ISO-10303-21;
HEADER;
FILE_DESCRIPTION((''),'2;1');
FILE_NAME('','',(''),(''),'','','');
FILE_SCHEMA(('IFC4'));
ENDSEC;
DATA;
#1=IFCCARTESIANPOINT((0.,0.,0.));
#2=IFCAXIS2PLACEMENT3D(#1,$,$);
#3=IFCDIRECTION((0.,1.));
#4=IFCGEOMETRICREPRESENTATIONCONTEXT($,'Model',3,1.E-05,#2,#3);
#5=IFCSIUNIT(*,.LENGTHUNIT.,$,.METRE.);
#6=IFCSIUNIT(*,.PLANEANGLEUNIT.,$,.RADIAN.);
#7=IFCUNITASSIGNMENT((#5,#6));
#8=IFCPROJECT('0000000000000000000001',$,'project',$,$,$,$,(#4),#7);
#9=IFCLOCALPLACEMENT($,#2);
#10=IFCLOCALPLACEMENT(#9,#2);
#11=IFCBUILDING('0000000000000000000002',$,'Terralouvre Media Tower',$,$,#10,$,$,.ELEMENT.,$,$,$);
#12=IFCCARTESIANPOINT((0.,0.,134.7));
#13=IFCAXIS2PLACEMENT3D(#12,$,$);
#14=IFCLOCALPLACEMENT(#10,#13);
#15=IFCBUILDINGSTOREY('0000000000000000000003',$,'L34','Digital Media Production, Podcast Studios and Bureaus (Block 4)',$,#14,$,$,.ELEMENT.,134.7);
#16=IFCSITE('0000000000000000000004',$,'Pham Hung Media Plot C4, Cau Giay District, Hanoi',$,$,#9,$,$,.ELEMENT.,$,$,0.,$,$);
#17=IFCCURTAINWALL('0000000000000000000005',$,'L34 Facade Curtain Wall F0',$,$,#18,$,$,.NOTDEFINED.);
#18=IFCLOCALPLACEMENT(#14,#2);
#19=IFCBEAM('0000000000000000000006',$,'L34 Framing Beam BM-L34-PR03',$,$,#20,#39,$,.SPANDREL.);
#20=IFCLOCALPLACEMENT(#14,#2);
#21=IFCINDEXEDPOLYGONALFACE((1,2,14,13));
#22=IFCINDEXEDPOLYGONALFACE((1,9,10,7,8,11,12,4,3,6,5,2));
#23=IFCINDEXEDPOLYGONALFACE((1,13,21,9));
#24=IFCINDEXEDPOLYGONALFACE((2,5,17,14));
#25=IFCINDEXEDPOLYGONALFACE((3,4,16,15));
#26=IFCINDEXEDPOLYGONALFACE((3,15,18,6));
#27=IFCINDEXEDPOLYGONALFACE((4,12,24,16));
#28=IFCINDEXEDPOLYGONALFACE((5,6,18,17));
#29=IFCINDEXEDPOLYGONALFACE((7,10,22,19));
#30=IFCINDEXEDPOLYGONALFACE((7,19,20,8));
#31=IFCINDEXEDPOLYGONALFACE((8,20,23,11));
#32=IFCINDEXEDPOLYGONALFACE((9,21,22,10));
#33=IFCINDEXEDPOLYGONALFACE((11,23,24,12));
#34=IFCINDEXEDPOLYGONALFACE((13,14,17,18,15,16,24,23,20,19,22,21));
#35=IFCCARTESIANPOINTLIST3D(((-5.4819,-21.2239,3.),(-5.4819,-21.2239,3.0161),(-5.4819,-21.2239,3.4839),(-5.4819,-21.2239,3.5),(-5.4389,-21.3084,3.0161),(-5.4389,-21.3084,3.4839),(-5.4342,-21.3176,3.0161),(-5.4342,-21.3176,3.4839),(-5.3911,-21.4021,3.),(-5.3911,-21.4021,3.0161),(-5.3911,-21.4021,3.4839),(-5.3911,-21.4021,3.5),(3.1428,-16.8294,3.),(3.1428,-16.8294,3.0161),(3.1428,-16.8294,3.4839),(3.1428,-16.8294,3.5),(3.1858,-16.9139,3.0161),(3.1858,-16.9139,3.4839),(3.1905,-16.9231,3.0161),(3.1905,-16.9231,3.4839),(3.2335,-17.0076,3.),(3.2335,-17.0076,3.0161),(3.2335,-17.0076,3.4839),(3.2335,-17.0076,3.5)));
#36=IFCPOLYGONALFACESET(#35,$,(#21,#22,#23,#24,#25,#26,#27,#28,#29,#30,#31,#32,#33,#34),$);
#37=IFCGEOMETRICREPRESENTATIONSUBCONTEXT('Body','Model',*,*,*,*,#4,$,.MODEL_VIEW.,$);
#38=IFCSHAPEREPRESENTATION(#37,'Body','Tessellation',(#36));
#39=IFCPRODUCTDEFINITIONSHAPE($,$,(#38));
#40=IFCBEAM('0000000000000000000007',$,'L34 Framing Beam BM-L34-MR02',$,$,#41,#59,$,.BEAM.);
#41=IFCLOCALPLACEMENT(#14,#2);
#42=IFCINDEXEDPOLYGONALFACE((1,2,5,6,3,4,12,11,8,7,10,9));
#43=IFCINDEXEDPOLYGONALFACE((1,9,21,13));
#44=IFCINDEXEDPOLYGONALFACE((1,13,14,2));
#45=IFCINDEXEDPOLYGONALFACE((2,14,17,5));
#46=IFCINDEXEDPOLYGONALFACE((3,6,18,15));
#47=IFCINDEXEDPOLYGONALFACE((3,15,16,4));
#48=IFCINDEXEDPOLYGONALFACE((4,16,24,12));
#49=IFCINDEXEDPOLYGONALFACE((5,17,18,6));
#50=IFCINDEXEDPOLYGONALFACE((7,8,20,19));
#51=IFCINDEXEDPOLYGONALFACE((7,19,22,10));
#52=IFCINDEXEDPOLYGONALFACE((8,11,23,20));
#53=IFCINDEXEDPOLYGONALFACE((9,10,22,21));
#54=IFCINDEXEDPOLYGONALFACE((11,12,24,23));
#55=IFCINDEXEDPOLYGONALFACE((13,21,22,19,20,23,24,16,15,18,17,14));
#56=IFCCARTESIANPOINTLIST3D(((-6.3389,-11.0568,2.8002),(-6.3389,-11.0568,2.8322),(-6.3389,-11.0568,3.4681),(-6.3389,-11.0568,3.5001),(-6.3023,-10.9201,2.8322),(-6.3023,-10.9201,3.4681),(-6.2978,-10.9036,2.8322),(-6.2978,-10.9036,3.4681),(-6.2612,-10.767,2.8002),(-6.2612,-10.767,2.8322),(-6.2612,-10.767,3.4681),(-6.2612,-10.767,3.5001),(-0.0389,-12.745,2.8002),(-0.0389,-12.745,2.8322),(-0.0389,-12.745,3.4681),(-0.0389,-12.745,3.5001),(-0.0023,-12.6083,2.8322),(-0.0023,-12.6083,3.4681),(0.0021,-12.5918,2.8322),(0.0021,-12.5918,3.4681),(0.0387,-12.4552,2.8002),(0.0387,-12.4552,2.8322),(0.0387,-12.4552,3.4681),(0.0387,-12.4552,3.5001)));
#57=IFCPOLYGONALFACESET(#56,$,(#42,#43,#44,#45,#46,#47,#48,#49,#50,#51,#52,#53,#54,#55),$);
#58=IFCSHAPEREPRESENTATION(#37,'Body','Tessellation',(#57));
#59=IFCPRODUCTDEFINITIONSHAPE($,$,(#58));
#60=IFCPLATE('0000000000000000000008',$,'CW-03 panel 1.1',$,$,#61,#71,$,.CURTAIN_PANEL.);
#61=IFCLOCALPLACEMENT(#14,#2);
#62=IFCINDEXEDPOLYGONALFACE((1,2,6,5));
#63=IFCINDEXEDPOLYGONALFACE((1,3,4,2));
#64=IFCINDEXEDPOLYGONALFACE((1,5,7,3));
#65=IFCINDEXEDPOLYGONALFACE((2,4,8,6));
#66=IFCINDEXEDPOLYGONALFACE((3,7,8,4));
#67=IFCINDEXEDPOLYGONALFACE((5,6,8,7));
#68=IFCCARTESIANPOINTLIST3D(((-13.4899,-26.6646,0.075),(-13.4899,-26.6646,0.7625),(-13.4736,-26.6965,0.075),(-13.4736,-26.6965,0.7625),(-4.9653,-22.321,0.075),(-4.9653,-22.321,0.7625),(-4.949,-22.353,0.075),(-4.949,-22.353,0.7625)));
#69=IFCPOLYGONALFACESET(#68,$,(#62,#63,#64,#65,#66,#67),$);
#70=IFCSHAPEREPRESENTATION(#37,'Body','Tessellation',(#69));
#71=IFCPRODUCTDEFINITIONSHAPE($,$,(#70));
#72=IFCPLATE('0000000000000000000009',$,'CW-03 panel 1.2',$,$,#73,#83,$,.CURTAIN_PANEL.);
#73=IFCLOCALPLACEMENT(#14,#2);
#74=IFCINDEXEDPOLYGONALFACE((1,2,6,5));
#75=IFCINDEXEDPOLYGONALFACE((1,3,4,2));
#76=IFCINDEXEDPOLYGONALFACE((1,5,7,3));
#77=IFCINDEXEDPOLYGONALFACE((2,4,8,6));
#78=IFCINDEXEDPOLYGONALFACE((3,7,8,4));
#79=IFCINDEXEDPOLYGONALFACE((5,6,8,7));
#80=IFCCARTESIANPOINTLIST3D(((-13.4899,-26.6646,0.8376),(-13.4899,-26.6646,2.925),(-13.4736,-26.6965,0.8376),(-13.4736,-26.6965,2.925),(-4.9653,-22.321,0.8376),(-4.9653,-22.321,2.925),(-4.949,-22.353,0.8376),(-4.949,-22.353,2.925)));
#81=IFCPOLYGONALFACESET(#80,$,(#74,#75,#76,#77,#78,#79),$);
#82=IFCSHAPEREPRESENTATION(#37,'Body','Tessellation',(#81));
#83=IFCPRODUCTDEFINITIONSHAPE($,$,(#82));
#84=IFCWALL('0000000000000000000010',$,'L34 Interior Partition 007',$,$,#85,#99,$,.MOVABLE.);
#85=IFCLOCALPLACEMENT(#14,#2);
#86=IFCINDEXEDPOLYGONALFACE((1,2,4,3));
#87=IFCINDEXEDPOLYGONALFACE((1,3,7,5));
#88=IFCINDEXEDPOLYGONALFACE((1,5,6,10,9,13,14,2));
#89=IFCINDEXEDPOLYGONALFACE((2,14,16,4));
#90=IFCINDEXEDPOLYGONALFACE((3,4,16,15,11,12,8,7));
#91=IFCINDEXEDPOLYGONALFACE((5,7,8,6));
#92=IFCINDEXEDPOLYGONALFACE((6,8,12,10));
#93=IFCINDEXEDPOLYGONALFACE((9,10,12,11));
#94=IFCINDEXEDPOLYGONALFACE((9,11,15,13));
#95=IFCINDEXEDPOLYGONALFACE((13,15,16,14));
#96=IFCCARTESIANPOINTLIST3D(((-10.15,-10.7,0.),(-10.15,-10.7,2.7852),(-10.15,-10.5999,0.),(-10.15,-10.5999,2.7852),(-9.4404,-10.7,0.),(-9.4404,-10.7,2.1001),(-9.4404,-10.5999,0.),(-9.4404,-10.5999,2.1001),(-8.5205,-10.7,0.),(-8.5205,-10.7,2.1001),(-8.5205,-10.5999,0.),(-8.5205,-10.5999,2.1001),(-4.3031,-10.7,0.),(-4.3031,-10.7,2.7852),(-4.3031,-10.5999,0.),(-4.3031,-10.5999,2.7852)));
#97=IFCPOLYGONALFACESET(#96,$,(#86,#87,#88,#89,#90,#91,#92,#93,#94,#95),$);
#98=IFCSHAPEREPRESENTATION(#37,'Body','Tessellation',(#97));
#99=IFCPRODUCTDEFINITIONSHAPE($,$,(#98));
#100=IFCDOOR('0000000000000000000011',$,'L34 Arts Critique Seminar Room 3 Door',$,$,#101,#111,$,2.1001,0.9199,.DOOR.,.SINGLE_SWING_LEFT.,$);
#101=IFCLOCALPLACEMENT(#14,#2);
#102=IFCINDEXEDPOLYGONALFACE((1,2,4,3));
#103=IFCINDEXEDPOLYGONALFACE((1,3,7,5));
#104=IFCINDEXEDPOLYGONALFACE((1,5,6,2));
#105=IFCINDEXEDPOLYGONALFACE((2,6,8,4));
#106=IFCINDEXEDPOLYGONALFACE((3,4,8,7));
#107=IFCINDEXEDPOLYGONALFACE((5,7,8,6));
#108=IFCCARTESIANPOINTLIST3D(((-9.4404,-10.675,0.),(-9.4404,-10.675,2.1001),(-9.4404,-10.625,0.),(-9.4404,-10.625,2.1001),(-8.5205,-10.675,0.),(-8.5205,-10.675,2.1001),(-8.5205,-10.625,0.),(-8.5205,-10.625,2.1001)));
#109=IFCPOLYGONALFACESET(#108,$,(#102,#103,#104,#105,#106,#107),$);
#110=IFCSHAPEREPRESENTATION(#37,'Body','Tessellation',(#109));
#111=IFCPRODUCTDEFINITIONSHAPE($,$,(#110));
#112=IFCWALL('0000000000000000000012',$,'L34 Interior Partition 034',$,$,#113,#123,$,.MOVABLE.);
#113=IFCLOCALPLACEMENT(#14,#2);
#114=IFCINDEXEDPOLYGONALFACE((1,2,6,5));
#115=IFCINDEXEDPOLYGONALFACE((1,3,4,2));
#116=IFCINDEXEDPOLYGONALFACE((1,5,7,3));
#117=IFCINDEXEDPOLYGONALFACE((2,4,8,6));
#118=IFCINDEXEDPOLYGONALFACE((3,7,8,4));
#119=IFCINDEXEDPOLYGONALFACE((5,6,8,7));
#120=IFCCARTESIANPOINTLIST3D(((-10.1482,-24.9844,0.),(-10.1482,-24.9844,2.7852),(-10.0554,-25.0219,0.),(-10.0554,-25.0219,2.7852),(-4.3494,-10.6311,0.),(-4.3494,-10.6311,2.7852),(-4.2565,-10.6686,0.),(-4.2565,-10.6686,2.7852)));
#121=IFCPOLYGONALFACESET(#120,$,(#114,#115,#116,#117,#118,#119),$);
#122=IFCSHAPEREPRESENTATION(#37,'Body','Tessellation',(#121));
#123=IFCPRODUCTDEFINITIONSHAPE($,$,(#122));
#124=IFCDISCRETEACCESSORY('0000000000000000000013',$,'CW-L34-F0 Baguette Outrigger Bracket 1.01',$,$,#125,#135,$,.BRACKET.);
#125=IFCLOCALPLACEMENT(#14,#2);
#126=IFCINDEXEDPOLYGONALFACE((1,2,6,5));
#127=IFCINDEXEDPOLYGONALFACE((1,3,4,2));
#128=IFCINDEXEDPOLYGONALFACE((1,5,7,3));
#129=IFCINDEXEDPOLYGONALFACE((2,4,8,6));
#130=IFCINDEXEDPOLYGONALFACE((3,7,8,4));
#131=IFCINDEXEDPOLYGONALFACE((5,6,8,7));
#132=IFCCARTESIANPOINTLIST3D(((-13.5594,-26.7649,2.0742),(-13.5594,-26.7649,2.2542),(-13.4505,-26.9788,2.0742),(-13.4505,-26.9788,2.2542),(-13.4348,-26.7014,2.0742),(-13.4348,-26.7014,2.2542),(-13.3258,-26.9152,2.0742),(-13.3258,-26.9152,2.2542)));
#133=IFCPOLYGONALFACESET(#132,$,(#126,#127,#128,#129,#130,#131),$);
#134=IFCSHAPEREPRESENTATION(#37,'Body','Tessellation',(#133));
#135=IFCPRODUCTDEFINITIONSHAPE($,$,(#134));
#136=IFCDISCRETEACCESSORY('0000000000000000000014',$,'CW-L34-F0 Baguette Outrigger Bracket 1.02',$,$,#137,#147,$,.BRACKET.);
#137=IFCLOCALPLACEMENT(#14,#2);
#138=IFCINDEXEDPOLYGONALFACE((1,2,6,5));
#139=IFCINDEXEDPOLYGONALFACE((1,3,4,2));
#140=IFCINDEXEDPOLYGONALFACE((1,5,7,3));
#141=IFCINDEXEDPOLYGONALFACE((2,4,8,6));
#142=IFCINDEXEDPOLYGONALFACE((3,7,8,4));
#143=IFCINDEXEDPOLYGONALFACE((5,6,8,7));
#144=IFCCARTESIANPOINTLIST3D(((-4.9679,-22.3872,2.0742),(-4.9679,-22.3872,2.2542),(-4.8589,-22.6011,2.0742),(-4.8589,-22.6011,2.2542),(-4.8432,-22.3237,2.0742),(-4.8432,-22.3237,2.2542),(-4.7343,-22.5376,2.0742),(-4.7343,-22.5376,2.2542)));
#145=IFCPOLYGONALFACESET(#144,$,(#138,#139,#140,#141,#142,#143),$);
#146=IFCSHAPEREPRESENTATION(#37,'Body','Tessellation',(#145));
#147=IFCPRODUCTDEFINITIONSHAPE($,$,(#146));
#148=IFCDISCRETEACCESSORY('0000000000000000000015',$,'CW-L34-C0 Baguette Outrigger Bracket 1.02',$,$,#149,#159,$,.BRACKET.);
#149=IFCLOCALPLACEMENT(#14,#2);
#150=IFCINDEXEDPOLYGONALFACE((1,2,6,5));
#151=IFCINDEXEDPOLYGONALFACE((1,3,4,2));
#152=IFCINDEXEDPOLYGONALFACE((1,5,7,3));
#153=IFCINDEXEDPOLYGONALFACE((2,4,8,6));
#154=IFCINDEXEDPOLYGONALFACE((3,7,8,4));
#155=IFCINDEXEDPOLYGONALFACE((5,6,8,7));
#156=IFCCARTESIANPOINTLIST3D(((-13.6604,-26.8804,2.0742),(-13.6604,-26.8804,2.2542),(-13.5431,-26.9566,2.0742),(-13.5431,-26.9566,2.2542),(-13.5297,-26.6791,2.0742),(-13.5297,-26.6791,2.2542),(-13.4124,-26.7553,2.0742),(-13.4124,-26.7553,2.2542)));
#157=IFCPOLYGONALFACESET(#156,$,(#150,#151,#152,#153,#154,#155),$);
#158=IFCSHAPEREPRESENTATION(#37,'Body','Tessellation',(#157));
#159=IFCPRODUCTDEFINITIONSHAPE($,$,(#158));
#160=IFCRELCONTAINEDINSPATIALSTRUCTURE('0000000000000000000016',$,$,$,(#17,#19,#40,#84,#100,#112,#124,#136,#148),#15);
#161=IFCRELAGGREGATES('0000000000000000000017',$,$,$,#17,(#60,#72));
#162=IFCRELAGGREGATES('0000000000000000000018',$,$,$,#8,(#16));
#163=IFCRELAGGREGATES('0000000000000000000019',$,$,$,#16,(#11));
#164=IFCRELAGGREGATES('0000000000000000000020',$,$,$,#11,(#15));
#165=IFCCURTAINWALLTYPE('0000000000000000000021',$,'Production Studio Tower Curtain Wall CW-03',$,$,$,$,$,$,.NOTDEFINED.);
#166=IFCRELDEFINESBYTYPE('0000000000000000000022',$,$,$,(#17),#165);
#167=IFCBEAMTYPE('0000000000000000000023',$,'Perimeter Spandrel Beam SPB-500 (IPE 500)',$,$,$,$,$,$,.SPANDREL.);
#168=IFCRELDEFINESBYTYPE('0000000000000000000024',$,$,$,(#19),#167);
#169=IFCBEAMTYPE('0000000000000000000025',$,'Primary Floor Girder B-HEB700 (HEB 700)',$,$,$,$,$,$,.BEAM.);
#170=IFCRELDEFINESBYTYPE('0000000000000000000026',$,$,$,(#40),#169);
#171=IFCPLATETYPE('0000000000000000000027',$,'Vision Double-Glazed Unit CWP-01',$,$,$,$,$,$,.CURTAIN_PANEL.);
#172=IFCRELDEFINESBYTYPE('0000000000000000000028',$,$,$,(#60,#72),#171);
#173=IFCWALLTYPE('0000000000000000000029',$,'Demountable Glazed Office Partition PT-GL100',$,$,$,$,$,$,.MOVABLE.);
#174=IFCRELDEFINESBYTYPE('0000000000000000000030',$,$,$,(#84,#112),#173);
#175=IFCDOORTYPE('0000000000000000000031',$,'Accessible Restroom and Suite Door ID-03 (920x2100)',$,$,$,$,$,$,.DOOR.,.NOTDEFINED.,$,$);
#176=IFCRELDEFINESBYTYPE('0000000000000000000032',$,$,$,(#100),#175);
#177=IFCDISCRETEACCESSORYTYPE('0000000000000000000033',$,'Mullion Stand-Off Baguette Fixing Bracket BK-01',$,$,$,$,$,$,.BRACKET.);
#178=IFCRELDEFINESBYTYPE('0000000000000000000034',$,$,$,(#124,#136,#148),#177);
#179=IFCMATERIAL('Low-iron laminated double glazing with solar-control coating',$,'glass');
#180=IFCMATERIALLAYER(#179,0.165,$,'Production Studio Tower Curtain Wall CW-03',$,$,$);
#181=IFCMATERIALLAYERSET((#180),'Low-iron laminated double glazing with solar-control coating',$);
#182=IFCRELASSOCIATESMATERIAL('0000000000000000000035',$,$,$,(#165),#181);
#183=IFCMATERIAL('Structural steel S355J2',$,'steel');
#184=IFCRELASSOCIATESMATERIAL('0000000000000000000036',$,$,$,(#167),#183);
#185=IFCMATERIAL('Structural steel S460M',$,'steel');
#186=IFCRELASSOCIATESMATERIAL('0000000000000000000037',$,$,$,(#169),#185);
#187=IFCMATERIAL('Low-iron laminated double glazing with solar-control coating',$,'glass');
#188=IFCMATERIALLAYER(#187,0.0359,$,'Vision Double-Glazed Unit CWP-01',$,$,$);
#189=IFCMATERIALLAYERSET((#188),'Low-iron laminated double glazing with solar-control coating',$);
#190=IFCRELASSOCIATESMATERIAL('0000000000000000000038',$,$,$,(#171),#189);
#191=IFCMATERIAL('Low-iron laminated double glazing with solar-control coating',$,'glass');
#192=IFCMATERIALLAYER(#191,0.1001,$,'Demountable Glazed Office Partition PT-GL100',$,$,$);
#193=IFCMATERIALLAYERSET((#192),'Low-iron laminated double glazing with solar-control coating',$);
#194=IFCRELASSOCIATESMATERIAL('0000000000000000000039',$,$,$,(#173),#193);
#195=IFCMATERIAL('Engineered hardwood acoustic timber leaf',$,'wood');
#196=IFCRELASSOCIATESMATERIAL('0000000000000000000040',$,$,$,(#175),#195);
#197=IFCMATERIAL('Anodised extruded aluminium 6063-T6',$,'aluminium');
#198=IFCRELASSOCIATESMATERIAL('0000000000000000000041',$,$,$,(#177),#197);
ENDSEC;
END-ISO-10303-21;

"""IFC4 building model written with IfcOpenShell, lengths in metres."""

from ifc_helpers import new_model, si_unit, direction, frame, frame_2d, origin, origin_2d, place, context, subcontext, project, spatial, rectangle, i_section, extrude, material, layer, layer_set, material_profile, profile_set, type_object, element, fill, aggregate, save


model = new_model("IFC4")

# Units and contexts
model_context = context("Model", 3, precision=1e-05, world=origin(), true_north=direction((0.0, 1.0)))
body_context = subcontext(model_context, "Body", "Model", "MODEL_VIEW")
ifc_project = project(units=[si_unit("LENGTHUNIT", "METRE"), si_unit("PLANEANGLEUNIT", "RADIAN")], contexts=[model_context])

# Site, building, storey
site_placement = place(None, origin())
site = spatial("IfcSite", under=ifc_project, at=site_placement, Name="Pham Hung Media Plot C4, Cau Giay District, Hanoi", CompositionType="ELEMENT", RefElevation=0.0)
building_placement = place(site_placement, origin())
building = spatial("IfcBuilding", under=site, at=building_placement, Name="Terralouvre Media Tower", CompositionType="ELEMENT")
storey_placement = place(building_placement, frame((0.0, 0.0, 134.7)))
storey = spatial("IfcBuildingStorey", under=building, at=storey_placement, Name="L34", Description="Digital Media Production, Podcast Studios and Bureaus (Block 4)", CompositionType="ELEMENT", Elevation=134.7)

# Curtain wall
ifc_material_1 = material(Name="Low-iron laminated double glazing with solar-control coating", Category="glass")
ifc_layer_1 = layer(ifc_material_1, 0.165, Name="Production Studio Tower Curtain Wall CW-03")
ifc_layer_set_1 = layer_set([ifc_layer_1], Name="Low-iron laminated double glazing with solar-control coating")
curtain_wall_type_1 = type_object("IfcCurtainWallType", Name="Production Studio Tower Curtain Wall CW-03", PredefinedType="NOTDEFINED", material=ifc_layer_set_1)
curtain_wall_1_placement = place(storey_placement, origin())
curtain_wall_1 = element("IfcCurtainWall", 1, at=curtain_wall_1_placement, inside=storey, type_object=curtain_wall_type_1, Name="L34 Facade Curtain Wall F0", PredefinedType="NOTDEFINED")

# Beams
ifc_material_2 = material(Name="Structural steel S355J2", Category="steel")
ifc_material_profile_1 = material_profile(ifc_material_2, i_section(OverallWidth=0.2, OverallDepth=0.5, WebThickness=0.0103, FlangeThickness=0.0161, at=origin_2d()), Name="IPE 500")
ifc_profile_set_1 = profile_set([ifc_material_profile_1], Name="Structural steel S355J2")
beam_type_1 = type_object("IfcBeamType", Name="Perimeter Spandrel Beam SPB-500 (IPE 500)", PredefinedType="SPANDREL", material=ifc_profile_set_1)
beam_1_placement = place(storey_placement, frame((-5.4365, -21.313, 3.25), z_axis=(0.891007, 0.45399, 0.0), x_axis=(-0.45399, 0.891007, 0.0)))
element("IfcBeam", 2, at=beam_1_placement, inside=storey, type_object=beam_type_1, Name="L34 Framing Beam BM-L34-PR03", PredefinedType="SPANDREL", context=body_context, shape_type="SweptSolid", body=[
    extrude(i_section(OverallWidth=0.2, OverallDepth=0.5, WebThickness=0.0103, FlangeThickness=0.0161, at=origin_2d()), origin(), (0.0, 0.0, 1.0), 9.6797),
])
ifc_material_3 = material(Name="Structural steel S460M", Category="steel")
ifc_material_profile_2 = material_profile(ifc_material_3, i_section(OverallWidth=0.3, OverallDepth=0.7, WebThickness=0.0171, FlangeThickness=0.032, at=origin_2d()), Name="HEB 700")
ifc_profile_set_2 = profile_set([ifc_material_profile_2], Name="Structural steel S460M")
beam_type_2 = type_object("IfcBeamType", Name="Primary Floor Girder B-HEB700 (HEB 700)", PredefinedType="BEAM", material=ifc_profile_set_2)
beam_2_placement = place(storey_placement, frame((-6.3, -10.9119, 3.1501), z_axis=(0.96592, -0.258839, 0.0), x_axis=(0.258839, 0.96592, 0.0)))
element("IfcBeam", 3, at=beam_2_placement, inside=storey, type_object=beam_type_2, Name="L34 Framing Beam BM-L34-MR02", PredefinedType="BEAM", context=body_context, shape_type="SweptSolid", body=[
    extrude(i_section(OverallWidth=0.3, OverallDepth=0.7, WebThickness=0.0171, FlangeThickness=0.032, at=origin_2d()), origin(), (0.0, 0.0, 1.0), 6.5222),
])

# Plates
ifc_material_4 = material(Name="Low-iron laminated double glazing with solar-control coating", Category="glass")
ifc_layer_2 = layer(ifc_material_4, 0.0359, Name="Vision Double-Glazed Unit CWP-01")
ifc_layer_set_2 = layer_set([ifc_layer_2], Name="Low-iron laminated double glazing with solar-control coating")
plate_type = type_object("IfcPlateType", Name="Vision Double-Glazed Unit CWP-01", PredefinedType="CURTAIN_PANEL", material=ifc_layer_set_2)
plate_1_placement = place(storey_placement, frame((-9.2195, -24.5088, 0.075), z_axis=(0.0, 0.0, 1.0), x_axis=(0.891007, 0.453991, 0.0)))
plate_1 = element("IfcPlate", 4, at=plate_1_placement, type_object=plate_type, Name="CW-03 panel 1.1", PredefinedType="CURTAIN_PANEL", context=body_context, shape_type="SweptSolid", body=[
    extrude(rectangle(XDim=9.5674, YDim=0.0359, at=origin_2d()), origin(), (0.0, 0.0, 1.0), 0.6875),
])
plate_2_placement = place(storey_placement, frame((-9.2195, -24.5088, 0.8376), z_axis=(0.0, 0.0, 1.0), x_axis=(0.891007, 0.453991, 0.0)))
plate_2 = element("IfcPlate", 5, at=plate_2_placement, type_object=plate_type, Name="CW-03 panel 1.2", PredefinedType="CURTAIN_PANEL", context=body_context, shape_type="SweptSolid", body=[
    extrude(rectangle(XDim=9.5674, YDim=0.0359, at=origin_2d()), origin(), (0.0, 0.0, 1.0), 2.0874),
])
aggregate(curtain_wall_1, [plate_1, plate_2])

# Wall, opening, door
ifc_material_5 = material(Name="Low-iron laminated double glazing with solar-control coating", Category="glass")
ifc_layer_3 = layer(ifc_material_5, 0.1001, Name="Demountable Glazed Office Partition PT-GL100")
ifc_layer_set_3 = layer_set([ifc_layer_3], Name="Low-iron laminated double glazing with solar-control coating")
wall_type = type_object("IfcWallType", Name="Demountable Glazed Office Partition PT-GL100", PredefinedType="MOVABLE", material=ifc_layer_set_3)
wall_1_placement = place(storey_placement, frame((-10.1499, -10.6499, 0.0), z_axis=(0.0, 0.0, 1.0), x_axis=(1.0, 0.0, 0.0)))
wall_1 = element("IfcWall", 6, at=wall_1_placement, inside=storey, type_object=wall_type, Name="L34 Interior Partition 007", PredefinedType="MOVABLE", context=body_context, shape_type="SweptSolid", body=[
    extrude(rectangle(XDim=5.8469, YDim=0.1001, at=frame_2d((2.9233, 0.0))), origin(), (0.0, 0.0, 1.0), 2.7852),
])
opening_placement = place(wall_1_placement, frame((0.7095, 0.0, 0.0)))
opening = element("IfcOpeningElement", 7, at=opening_placement, cuts=wall_1, PredefinedType="OPENING", context=body_context, shape_type="SweptSolid", body=[
    extrude(rectangle(XDim=0.9199, YDim=2.1001, at=frame_2d((0.46, 1.05))), frame((0.0, 0.0601, 0.0), z_axis=(0.0, -1.0, 0.0), x_axis=(1.0, 0.0, 0.0)), (0.0, 0.0, 1.0), 0.1201),
])
ifc_material_6 = material(Name="Engineered hardwood acoustic timber leaf", Category="wood")
door_type = type_object("IfcDoorType", Name="Accessible Restroom and Suite Door ID-03 (920x2100)", OperationType="NOTDEFINED", PredefinedType="DOOR", material=ifc_material_6)
door_placement = place(opening_placement, origin())
door = element("IfcDoor", 8, at=door_placement, inside=storey, type_object=door_type, Name="L34 Arts Critique Seminar Room 3 Door", OperationType="SINGLE_SWING_LEFT", OverallHeight=2.1001, OverallWidth=0.9199, PredefinedType="DOOR", context=body_context, shape_type="SweptSolid", body=[
    extrude(rectangle(XDim=0.9199, YDim=2.1001, at=frame_2d((0.46, 1.05))), frame((0.0, 0.0249, 0.0), z_axis=(0.0, -1.0, 0.0), x_axis=(1.0, 0.0, 0.0)), (0.0, 0.0, 1.0), 0.05),
])
fill(opening, door)

# Wall
wall_2_placement = place(storey_placement, frame((-10.1018, -25.0032, 0.0), z_axis=(0.0, 0.0, 1.0), x_axis=(0.374592, 0.92719, 0.0)))
element("IfcWall", 9, at=wall_2_placement, inside=storey, type_object=wall_type, Name="L34 Interior Partition 034", PredefinedType="MOVABLE", context=body_context, shape_type="SweptSolid", body=[
    extrude(rectangle(XDim=15.4805, YDim=0.1001, at=frame_2d((7.7402, 0.0))), origin(), (0.0, 0.0, 1.0), 2.7852),
])

# Discrete accessories
ifc_material_7 = material(Name="Anodised extruded aluminium 6063-T6", Category="aluminium")
discrete_accessory_type = type_object("IfcDiscreteAccessoryType", Name="Mullion Stand-Off Baguette Fixing Bracket BK-01", PredefinedType="BRACKET", material=ifc_material_7)
for number, where, z_axis, x_axis, name in (
    (10, (-13.4426, -26.8401, 2.0742), (0.0, 0.0, 1.0), (0.891007, 0.453991, 0.0), "CW-L34-F0 Baguette Outrigger Bracket 1.01"),
    (11, (-4.8511, -22.4624, 2.0742), (0.0, 0.0, 1.0), (0.891007, 0.453991, 0.0), "CW-L34-F0 Baguette Outrigger Bracket 1.02"),
    (12, (-13.5364, -26.8179, 2.0742), (0.0, 0.0, 1.0), (0.83867, -0.544639, 0.0), "CW-L34-C0 Baguette Outrigger Bracket 1.02"),
):
    element("IfcDiscreteAccessory", number, at=place(storey_placement, frame(where, z_axis=z_axis, x_axis=x_axis)), inside=storey, type_object=discrete_accessory_type, Name=name, PredefinedType="BRACKET", context=body_context, shape_type="SweptSolid", body=[
        extrude(rectangle(XDim=0.1399, YDim=0.24, at=origin_2d()), origin(), (0.0, 0.0, 1.0), 0.1799),
    ])

save(model, "model.ifc")
